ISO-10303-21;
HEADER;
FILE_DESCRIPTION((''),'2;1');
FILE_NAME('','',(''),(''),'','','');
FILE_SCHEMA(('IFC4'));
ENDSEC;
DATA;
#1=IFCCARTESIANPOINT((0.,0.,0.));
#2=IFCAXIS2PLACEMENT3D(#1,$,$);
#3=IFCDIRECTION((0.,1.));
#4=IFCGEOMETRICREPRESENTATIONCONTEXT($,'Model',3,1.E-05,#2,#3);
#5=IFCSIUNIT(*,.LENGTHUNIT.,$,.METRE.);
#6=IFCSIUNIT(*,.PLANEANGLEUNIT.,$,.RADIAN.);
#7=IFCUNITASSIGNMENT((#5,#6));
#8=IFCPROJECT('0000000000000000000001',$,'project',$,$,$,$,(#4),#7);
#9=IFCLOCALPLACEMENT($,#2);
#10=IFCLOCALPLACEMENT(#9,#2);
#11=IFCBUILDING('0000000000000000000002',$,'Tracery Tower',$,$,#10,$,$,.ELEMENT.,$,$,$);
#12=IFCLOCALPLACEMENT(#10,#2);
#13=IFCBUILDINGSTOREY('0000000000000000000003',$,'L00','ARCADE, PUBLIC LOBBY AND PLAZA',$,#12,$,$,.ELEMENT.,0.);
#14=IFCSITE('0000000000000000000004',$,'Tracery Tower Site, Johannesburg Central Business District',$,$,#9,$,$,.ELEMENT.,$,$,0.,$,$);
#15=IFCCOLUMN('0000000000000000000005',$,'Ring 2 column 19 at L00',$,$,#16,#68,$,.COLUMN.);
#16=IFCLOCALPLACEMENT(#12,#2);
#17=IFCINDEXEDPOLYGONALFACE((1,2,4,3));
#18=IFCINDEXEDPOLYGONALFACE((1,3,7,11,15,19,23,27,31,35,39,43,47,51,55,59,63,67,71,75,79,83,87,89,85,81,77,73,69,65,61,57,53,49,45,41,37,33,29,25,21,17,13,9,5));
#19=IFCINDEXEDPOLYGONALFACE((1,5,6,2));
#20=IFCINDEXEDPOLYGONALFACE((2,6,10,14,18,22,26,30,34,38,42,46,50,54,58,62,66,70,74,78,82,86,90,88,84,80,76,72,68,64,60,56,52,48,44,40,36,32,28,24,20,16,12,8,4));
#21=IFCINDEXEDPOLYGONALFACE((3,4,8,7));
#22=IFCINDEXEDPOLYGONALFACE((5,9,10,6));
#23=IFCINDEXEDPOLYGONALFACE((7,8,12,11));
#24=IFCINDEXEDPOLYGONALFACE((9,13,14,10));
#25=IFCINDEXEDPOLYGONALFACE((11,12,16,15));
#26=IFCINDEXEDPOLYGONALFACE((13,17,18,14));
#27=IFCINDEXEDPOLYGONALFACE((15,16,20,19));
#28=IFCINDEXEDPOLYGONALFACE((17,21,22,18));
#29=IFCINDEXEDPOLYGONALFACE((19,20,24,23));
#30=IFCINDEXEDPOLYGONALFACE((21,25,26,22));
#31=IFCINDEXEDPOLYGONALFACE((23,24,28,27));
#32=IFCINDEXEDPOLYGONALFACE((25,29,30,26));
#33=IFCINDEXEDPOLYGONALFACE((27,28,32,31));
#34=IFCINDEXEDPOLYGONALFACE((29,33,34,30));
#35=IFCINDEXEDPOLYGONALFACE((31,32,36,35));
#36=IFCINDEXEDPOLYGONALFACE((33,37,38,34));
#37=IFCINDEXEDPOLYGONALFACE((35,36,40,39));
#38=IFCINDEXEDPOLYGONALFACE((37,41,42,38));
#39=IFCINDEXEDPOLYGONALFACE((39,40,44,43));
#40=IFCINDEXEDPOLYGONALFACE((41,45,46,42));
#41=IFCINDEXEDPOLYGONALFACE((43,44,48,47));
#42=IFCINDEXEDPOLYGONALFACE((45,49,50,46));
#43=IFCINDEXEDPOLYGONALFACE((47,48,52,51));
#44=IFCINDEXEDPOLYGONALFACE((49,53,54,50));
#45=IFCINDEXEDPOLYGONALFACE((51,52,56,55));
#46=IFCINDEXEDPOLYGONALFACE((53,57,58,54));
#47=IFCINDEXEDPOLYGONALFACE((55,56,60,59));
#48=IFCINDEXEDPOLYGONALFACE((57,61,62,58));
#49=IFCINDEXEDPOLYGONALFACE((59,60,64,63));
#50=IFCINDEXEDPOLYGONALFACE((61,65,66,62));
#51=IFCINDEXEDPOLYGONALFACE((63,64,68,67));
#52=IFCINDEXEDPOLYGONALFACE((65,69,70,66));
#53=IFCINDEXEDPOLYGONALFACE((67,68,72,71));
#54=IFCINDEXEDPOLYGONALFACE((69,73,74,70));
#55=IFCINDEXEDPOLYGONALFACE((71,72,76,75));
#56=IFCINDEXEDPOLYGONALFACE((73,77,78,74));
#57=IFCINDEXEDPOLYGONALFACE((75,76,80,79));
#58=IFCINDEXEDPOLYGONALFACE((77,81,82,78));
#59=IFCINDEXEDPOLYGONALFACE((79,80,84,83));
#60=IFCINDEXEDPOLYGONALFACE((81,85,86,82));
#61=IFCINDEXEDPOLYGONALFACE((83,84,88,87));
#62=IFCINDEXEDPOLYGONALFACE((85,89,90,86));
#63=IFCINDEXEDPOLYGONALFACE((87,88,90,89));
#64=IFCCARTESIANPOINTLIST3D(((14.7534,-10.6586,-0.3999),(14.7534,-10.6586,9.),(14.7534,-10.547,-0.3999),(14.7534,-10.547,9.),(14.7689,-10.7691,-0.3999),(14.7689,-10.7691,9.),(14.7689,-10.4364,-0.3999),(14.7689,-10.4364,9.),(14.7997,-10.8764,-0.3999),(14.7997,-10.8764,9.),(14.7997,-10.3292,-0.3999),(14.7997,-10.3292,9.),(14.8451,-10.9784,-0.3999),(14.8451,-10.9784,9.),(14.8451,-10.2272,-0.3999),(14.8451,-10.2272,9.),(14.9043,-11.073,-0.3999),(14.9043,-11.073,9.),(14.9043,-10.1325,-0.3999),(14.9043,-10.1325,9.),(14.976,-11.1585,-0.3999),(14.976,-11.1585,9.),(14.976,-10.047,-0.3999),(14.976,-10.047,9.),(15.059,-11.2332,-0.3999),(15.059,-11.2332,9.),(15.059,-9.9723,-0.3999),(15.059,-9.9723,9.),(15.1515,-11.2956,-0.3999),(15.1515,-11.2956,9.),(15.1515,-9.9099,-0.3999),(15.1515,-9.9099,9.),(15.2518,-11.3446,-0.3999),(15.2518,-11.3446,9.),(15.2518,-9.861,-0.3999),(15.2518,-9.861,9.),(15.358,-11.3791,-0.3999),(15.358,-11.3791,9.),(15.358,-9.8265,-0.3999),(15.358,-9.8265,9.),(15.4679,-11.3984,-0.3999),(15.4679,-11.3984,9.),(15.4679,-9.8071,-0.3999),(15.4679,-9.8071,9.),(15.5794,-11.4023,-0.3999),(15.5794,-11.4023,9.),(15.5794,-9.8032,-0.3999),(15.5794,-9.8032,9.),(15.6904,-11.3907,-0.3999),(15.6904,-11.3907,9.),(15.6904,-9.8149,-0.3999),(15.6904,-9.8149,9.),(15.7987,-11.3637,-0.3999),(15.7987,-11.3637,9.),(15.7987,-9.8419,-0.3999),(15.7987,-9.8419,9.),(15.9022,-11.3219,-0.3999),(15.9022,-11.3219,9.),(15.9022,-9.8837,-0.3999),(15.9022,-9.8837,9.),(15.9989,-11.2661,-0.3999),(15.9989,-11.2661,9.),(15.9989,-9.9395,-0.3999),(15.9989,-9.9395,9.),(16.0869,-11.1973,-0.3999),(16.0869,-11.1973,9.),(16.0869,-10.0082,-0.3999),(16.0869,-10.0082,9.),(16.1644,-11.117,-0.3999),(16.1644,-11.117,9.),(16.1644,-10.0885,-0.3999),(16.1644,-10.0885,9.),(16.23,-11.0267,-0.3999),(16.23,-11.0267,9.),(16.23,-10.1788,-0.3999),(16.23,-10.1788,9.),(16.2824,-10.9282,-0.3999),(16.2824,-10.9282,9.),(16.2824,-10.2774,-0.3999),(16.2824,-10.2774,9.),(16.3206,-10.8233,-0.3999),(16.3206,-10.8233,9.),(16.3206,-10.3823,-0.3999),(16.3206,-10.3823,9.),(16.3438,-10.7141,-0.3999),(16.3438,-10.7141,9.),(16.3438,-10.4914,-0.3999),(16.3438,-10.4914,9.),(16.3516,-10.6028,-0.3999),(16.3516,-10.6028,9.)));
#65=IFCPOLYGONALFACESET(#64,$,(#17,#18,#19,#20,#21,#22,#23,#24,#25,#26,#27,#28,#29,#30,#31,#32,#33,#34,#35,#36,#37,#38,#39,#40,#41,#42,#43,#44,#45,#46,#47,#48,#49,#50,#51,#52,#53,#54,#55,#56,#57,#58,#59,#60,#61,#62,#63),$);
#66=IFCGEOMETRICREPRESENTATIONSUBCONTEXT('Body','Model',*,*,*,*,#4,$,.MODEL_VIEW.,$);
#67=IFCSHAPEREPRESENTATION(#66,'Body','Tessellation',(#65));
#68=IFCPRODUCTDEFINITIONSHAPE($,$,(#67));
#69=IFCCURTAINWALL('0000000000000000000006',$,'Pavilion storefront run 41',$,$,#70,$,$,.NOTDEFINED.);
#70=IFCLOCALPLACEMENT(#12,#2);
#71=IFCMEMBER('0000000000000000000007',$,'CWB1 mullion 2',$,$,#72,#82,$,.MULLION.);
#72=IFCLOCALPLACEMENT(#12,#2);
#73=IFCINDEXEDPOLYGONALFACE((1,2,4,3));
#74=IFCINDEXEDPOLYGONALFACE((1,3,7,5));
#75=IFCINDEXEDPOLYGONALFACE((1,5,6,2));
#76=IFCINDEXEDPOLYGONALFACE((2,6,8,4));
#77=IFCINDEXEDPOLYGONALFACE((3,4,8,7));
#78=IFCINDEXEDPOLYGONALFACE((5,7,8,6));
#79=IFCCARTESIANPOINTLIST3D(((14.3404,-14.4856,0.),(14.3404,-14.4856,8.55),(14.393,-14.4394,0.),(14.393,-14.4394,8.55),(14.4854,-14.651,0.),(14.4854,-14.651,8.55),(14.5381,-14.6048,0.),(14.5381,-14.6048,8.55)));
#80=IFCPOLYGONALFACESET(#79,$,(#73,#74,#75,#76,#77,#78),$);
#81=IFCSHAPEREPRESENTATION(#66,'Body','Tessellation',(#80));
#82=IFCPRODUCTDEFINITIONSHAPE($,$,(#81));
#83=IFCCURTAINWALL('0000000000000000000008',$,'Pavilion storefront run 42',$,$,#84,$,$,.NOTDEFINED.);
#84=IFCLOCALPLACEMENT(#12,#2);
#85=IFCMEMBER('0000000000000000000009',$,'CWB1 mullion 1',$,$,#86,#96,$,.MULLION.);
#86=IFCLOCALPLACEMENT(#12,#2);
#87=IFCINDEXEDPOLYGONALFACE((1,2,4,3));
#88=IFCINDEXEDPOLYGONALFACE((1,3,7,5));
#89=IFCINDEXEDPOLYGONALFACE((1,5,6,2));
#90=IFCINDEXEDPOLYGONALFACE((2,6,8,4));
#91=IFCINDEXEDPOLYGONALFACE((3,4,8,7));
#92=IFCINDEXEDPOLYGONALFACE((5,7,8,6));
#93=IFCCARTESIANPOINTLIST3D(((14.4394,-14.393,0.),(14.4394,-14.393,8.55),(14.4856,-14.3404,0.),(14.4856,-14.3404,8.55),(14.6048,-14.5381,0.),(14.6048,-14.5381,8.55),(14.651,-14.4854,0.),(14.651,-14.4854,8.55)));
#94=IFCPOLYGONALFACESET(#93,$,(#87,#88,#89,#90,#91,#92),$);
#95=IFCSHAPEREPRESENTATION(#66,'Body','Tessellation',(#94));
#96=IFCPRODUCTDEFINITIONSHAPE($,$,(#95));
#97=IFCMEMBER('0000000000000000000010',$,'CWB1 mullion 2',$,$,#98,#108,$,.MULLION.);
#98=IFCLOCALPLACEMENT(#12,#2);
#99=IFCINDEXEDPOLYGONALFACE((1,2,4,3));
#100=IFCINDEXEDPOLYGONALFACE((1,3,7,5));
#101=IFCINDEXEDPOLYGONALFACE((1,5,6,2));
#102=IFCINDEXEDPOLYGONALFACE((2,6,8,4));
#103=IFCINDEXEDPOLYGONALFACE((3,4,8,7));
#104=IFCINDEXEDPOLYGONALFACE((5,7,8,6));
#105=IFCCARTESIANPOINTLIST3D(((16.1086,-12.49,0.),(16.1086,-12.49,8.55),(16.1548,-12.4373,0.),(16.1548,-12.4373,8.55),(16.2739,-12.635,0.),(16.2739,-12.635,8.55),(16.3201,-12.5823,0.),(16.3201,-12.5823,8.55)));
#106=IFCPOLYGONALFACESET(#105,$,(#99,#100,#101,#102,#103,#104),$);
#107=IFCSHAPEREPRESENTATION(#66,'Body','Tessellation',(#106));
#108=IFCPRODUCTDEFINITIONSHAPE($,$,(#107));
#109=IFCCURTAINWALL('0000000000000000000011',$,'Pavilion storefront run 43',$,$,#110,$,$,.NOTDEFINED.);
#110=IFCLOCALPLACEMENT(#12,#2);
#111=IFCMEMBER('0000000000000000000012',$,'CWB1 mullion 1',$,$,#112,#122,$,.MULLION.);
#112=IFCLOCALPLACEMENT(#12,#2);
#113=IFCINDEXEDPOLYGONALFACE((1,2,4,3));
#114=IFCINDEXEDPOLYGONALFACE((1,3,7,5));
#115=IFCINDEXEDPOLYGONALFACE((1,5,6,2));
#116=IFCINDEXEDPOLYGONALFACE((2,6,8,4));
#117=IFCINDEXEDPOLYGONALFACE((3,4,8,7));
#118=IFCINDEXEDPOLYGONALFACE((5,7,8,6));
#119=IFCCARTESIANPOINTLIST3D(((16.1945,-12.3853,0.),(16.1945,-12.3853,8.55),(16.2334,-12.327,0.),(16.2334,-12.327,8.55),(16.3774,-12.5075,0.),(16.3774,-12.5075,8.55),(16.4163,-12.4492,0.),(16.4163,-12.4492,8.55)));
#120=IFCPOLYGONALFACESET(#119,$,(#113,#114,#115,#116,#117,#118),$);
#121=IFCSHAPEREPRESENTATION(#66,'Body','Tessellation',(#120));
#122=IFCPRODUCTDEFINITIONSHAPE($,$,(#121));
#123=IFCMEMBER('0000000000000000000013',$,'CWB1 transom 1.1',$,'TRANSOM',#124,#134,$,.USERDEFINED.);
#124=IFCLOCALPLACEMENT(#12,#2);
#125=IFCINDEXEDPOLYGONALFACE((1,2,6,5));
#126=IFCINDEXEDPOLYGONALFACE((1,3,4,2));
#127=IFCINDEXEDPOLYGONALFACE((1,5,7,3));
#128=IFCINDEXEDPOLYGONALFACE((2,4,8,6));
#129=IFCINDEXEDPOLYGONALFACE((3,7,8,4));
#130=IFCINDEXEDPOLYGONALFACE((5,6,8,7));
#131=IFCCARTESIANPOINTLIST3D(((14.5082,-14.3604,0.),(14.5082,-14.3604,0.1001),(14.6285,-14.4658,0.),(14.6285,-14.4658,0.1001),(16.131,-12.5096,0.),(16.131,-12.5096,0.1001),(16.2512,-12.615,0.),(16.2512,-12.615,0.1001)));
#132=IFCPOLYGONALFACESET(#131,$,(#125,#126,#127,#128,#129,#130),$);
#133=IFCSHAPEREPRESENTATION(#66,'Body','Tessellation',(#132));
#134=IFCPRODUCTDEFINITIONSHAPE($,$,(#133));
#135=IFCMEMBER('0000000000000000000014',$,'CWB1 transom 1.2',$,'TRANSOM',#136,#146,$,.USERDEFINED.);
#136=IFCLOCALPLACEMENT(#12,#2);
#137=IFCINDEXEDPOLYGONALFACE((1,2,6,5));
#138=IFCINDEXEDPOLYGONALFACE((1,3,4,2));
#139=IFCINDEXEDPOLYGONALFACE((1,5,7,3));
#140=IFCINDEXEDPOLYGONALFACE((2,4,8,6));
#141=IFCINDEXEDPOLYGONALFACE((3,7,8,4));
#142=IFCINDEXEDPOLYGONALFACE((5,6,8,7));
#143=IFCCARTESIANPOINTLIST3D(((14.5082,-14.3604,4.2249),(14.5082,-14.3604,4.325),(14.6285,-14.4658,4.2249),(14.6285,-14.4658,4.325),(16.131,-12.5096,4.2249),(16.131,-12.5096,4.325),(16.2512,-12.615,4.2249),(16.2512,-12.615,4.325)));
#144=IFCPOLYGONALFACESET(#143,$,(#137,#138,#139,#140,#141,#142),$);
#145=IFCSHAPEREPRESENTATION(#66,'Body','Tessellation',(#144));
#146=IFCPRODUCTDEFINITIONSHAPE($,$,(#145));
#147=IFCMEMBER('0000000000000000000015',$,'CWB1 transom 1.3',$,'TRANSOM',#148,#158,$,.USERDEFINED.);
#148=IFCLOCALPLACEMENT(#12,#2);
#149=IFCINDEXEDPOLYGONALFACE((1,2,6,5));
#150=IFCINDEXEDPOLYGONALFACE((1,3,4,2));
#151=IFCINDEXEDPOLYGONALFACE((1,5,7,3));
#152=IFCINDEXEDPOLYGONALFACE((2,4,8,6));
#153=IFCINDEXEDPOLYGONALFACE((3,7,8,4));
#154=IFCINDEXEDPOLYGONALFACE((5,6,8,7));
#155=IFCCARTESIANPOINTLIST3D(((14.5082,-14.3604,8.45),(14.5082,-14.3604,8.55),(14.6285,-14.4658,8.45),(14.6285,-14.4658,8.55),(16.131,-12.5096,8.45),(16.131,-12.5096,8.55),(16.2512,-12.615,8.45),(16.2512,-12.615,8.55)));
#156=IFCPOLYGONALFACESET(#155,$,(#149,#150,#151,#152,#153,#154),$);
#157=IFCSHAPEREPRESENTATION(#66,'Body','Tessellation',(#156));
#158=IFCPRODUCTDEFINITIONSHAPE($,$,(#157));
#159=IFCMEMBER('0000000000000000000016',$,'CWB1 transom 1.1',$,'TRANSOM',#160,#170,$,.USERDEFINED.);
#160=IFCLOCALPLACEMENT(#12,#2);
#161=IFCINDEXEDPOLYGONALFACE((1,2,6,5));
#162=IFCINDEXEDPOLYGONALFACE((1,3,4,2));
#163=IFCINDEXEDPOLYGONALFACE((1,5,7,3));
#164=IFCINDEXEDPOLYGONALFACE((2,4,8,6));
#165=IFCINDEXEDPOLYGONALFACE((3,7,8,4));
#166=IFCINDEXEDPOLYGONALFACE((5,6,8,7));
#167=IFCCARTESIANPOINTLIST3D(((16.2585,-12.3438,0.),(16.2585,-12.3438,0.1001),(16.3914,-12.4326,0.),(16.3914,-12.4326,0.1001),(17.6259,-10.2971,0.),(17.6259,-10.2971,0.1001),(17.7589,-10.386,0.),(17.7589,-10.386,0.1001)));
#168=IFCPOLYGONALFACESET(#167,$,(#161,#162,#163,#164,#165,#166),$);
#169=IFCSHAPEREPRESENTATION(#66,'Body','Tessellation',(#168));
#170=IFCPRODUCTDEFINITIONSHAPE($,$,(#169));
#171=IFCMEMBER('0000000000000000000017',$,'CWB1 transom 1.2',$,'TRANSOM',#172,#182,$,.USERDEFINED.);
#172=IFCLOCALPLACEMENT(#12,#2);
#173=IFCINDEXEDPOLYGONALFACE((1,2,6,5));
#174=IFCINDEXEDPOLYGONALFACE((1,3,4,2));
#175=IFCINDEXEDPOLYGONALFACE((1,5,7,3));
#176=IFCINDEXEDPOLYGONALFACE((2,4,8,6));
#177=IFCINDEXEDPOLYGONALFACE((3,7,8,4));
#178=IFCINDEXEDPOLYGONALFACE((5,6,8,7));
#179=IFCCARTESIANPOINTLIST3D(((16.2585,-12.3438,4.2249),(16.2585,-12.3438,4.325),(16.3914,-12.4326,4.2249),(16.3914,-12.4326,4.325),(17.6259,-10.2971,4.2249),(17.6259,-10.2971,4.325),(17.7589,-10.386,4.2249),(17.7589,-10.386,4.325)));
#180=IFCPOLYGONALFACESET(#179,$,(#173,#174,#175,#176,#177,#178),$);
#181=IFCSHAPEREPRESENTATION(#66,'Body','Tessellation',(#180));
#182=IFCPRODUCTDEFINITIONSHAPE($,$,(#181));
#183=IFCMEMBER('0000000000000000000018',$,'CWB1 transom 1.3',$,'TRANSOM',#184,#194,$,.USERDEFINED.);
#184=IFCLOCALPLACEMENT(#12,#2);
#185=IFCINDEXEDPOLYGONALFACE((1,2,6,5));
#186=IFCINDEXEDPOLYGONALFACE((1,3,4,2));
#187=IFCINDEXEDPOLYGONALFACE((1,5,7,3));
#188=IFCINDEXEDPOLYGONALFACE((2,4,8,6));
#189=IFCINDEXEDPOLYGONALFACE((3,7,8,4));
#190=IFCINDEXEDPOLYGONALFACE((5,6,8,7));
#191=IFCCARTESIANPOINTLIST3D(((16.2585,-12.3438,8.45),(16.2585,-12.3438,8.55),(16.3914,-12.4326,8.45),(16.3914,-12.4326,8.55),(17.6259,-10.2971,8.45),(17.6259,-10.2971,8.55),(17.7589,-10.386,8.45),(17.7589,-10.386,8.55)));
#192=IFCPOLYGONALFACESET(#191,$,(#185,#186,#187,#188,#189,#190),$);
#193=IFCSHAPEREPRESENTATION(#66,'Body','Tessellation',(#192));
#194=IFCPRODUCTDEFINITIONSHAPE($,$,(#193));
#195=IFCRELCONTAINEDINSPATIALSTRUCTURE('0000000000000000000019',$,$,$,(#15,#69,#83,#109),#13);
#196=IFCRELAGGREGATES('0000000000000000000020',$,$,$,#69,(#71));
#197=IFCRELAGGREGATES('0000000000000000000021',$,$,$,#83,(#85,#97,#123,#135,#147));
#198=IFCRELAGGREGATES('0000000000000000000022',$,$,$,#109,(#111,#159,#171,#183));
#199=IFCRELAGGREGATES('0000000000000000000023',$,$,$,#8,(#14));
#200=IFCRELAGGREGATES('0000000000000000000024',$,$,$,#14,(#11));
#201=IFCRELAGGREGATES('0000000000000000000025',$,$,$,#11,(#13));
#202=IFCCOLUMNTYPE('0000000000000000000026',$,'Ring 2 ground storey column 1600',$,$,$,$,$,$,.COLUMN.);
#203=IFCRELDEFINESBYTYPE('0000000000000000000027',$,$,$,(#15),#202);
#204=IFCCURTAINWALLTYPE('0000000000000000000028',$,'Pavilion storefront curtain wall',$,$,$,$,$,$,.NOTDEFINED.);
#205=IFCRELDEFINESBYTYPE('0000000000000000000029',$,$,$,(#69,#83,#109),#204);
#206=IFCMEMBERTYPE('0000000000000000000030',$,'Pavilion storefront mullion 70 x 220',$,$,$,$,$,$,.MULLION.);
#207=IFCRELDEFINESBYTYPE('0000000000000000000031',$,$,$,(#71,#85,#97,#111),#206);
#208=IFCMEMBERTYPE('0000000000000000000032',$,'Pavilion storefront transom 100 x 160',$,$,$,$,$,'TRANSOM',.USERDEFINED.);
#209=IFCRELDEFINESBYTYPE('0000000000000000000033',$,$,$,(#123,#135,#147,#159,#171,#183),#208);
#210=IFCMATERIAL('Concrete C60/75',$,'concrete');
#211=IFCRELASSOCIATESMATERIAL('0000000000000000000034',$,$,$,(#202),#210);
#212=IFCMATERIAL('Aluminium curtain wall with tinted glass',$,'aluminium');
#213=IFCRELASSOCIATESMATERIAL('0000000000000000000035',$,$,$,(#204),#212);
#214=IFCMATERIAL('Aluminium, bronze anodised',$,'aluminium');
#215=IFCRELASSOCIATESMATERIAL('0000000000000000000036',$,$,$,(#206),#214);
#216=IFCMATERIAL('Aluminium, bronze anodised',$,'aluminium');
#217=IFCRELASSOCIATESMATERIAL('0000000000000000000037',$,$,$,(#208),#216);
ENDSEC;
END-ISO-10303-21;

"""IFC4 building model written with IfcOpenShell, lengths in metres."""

from ifc_helpers import new_model, si_unit, direction, frame, origin, origin_2d, place, context, subcontext, project, spatial, rectangle, circle, extrude, material, material_profile, profile_set, type_object, element, aggregate, save


model = new_model("IFC4")

# Units and contexts
model_context = context("Model", 3, precision=1e-05, world=origin(), true_north=direction((0.0, 1.0)))
body_context = subcontext(model_context, "Body", "Model", "MODEL_VIEW")
ifc_project = project(units=[si_unit("LENGTHUNIT", "METRE"), si_unit("PLANEANGLEUNIT", "RADIAN")], contexts=[model_context])

# Site, building, storey
site_placement = place(None, origin())
site = spatial("IfcSite", under=ifc_project, at=site_placement, Name="Tracery Tower Site, Johannesburg Central Business District", CompositionType="ELEMENT", RefElevation=0.0)
building_placement = place(site_placement, origin())
building = spatial("IfcBuilding", under=site, at=building_placement, Name="Tracery Tower", CompositionType="ELEMENT")
storey_placement = place(building_placement, origin())
storey = spatial("IfcBuildingStorey", under=building, at=storey_placement, Name="L00", Description="ARCADE, PUBLIC LOBBY AND PLAZA", CompositionType="ELEMENT", Elevation=0.0)

# Column
ifc_material_1 = material(Name="Concrete C60/75", Category="concrete")
ifc_material_profile_1 = material_profile(ifc_material_1, circle(Radius=0.8, at=origin_2d()), Name="RC D1600")
ifc_profile_set_1 = profile_set([ifc_material_profile_1], Name="Concrete C60/75")
column_type_1 = type_object("IfcColumnType", Name="Ring 2 ground storey column 1600", PredefinedType="COLUMN", material=ifc_profile_set_1)
for number, where, z_axis, x_axis, name in (
    (1, (15.5515, -10.6028, -0.3999), (0.0, 0.0, 1.0), (1.0, 0.0, 0.0), "Ring 2 column 19 at L00"),
):
    element("IfcColumn", number, at=place(storey_placement, frame(where, z_axis=z_axis, x_axis=x_axis)), inside=storey, type_object=column_type_1, Name=name, PredefinedType="COLUMN", context=body_context, shape_type="SweptSolid", body=[
        extrude(circle(Radius=0.8, at=origin_2d()), origin(), (0.0, 0.0, 1.0), 9.3999),
    ])

# Curtain wall, member
ifc_material_2 = material(Name="Aluminium curtain wall with tinted glass", Category="aluminium")
curtain_wall_type = type_object("IfcCurtainWallType", Name="Pavilion storefront curtain wall", PredefinedType="NOTDEFINED", material=ifc_material_2)
curtain_wall_1_placement = place(storey_placement, origin())
curtain_wall_1 = element("IfcCurtainWall", 2, at=curtain_wall_1_placement, inside=storey, type_object=curtain_wall_type, Name="Pavilion storefront run 41", PredefinedType="NOTDEFINED")
ifc_material_3 = material(Name="Aluminium, bronze anodised", Category="aluminium")
ifc_material_profile_2 = material_profile(ifc_material_3, rectangle(XDim=0.22, YDim=0.0701, at=origin_2d()), Name="Pavilion storefront mullion 70 x 220")
ifc_profile_set_2 = profile_set([ifc_material_profile_2], Name="Aluminium, bronze anodised")
member_type_1 = type_object("IfcMemberType", Name="Pavilion storefront mullion 70 x 220", PredefinedType="MULLION", material=ifc_profile_set_2)
member_1_placement = place(storey_placement, frame((14.4392, -14.5452, 0.0), z_axis=(0.0, 0.0, 1.0), x_axis=(-0.659351, 0.751836, 0.0)))
member_1 = element("IfcMember", 3, at=member_1_placement, type_object=member_type_1, Name="CWB1 mullion 2", PredefinedType="MULLION", context=body_context, shape_type="SweptSolid", body=[
    extrude(rectangle(XDim=0.22, YDim=0.0701, at=origin_2d()), origin(), (0.0, 0.0, 1.0), 8.55),
])
aggregate(curtain_wall_1, [member_1])

# Curtain wall, members
curtain_wall_2_placement = place(storey_placement, origin())
curtain_wall_2 = element("IfcCurtainWall", 4, at=curtain_wall_2_placement, inside=storey, type_object=curtain_wall_type, Name="Pavilion storefront run 42", PredefinedType="NOTDEFINED")
member_2_placement = place(storey_placement, frame((14.5452, -14.4392, 0.0), z_axis=(0.0, 0.0, 1.0), x_axis=(-0.751836, 0.659351, 0.0)))
member_2 = element("IfcMember", 5, at=member_2_placement, type_object=member_type_1, Name="CWB1 mullion 1", PredefinedType="MULLION", context=body_context, shape_type="SweptSolid", body=[
    extrude(rectangle(XDim=0.22, YDim=0.0701, at=origin_2d()), origin(), (0.0, 0.0, 1.0), 8.55),
])
member_3_placement = place(storey_placement, frame((16.2144, -12.5361, 0.0), z_axis=(0.0, 0.0, 1.0), x_axis=(-0.751836, 0.659351, 0.0)))
member_3 = element("IfcMember", 6, at=member_3_placement, type_object=member_type_1, Name="CWB1 mullion 2", PredefinedType="MULLION", context=body_context, shape_type="SweptSolid", body=[
    extrude(rectangle(XDim=0.22, YDim=0.0701, at=origin_2d()), origin(), (0.0, 0.0, 1.0), 8.55),
])

# Curtain wall, member
curtain_wall_3_placement = place(storey_placement, origin())
curtain_wall_3 = element("IfcCurtainWall", 7, at=curtain_wall_3_placement, inside=storey, type_object=curtain_wall_type, Name="Pavilion storefront run 43", PredefinedType="NOTDEFINED")
member_4_placement = place(storey_placement, frame((16.3054, -12.4172, 0.0), z_axis=(0.0, 0.0, 1.0), x_axis=(-0.831476, 0.55556, 0.0)))
member_4 = element("IfcMember", 8, at=member_4_placement, type_object=member_type_1, Name="CWB1 mullion 1", PredefinedType="MULLION", context=body_context, shape_type="SweptSolid", body=[
    extrude(rectangle(XDim=0.22, YDim=0.0701, at=origin_2d()), origin(), (0.0, 0.0, 1.0), 8.55),
])

# Members
ifc_material_4 = material(Name="Aluminium, bronze anodised", Category="aluminium")
ifc_material_profile_3 = material_profile(ifc_material_4, rectangle(XDim=0.1599, YDim=0.1001, at=origin_2d()), Name="Pavilion storefront transom 100 x 160")
ifc_profile_set_3 = profile_set([ifc_material_profile_3], Name="Aluminium, bronze anodised")
member_type_2 = type_object("IfcMemberType", Name="Pavilion storefront transom 100 x 160", ElementType="TRANSOM", PredefinedType="USERDEFINED", material=ifc_profile_set_3)
member_5_placement = place(storey_placement, frame((14.5684, -14.4131, 0.05), z_axis=(0.65927, 0.751907, 0.0), x_axis=(-0.751907, 0.65927, 0.0)))
member_5 = element("IfcMember", 9, at=member_5_placement, type_object=member_type_2, Name="CWB1 transom 1.1", ObjectType="TRANSOM", PredefinedType="USERDEFINED", context=body_context, shape_type="SweptSolid", body=[
    extrude(rectangle(XDim=0.1599, YDim=0.1001, at=origin_2d()), origin(), (0.0, 0.0, 1.0), 2.4614),
])
member_6_placement = place(storey_placement, frame((14.5684, -14.4131, 4.2749), z_axis=(0.65927, 0.751907, 0.0), x_axis=(-0.751907, 0.65927, 0.0)))
member_6 = element("IfcMember", 10, at=member_6_placement, type_object=member_type_2, Name="CWB1 transom 1.2", ObjectType="TRANSOM", PredefinedType="USERDEFINED", context=body_context, shape_type="SweptSolid", body=[
    extrude(rectangle(XDim=0.1599, YDim=0.1001, at=origin_2d()), origin(), (0.0, 0.0, 1.0), 2.4614),
])
member_7_placement = place(storey_placement, frame((14.5684, -14.4131, 8.5), z_axis=(0.65927, 0.751907, 0.0), x_axis=(-0.751907, 0.65927, 0.0)))
member_7 = element("IfcMember", 11, at=member_7_placement, type_object=member_type_2, Name="CWB1 transom 1.3", ObjectType="TRANSOM", PredefinedType="USERDEFINED", context=body_context, shape_type="SweptSolid", body=[
    extrude(rectangle(XDim=0.1599, YDim=0.1001, at=origin_2d()), origin(), (0.0, 0.0, 1.0), 2.4614),
])
member_8_placement = place(storey_placement, frame((16.325, -12.3882, 0.05), z_axis=(0.555547, 0.831485, 0.0), x_axis=(-0.831485, 0.555547, 0.0)))
member_8 = element("IfcMember", 12, at=member_8_placement, type_object=member_type_2, Name="CWB1 transom 1.1", ObjectType="TRANSOM", PredefinedType="USERDEFINED", context=body_context, shape_type="SweptSolid", body=[
    extrude(rectangle(XDim=0.1599, YDim=0.1001, at=origin_2d()), origin(), (0.0, 0.0, 1.0), 2.4614),
])
member_9_placement = place(storey_placement, frame((16.325, -12.3882, 4.2749), z_axis=(0.555547, 0.831485, 0.0), x_axis=(-0.831485, 0.555547, 0.0)))
member_9 = element("IfcMember", 13, at=member_9_placement, type_object=member_type_2, Name="CWB1 transom 1.2", ObjectType="TRANSOM", PredefinedType="USERDEFINED", context=body_context, shape_type="SweptSolid", body=[
    extrude(rectangle(XDim=0.1599, YDim=0.1001, at=origin_2d()), origin(), (0.0, 0.0, 1.0), 2.4614),
])
member_10_placement = place(storey_placement, frame((16.325, -12.3882, 8.5), z_axis=(0.555547, 0.831485, 0.0), x_axis=(-0.831485, 0.555547, 0.0)))
member_10 = element("IfcMember", 14, at=member_10_placement, type_object=member_type_2, Name="CWB1 transom 1.3", ObjectType="TRANSOM", PredefinedType="USERDEFINED", context=body_context, shape_type="SweptSolid", body=[
    extrude(rectangle(XDim=0.1599, YDim=0.1001, at=origin_2d()), origin(), (0.0, 0.0, 1.0), 2.4614),
])

aggregate(curtain_wall_2, [member_2, member_3, member_5, member_6, member_7])
aggregate(curtain_wall_3, [member_4, member_8, member_9, member_10])

save(model, "model.ifc")
